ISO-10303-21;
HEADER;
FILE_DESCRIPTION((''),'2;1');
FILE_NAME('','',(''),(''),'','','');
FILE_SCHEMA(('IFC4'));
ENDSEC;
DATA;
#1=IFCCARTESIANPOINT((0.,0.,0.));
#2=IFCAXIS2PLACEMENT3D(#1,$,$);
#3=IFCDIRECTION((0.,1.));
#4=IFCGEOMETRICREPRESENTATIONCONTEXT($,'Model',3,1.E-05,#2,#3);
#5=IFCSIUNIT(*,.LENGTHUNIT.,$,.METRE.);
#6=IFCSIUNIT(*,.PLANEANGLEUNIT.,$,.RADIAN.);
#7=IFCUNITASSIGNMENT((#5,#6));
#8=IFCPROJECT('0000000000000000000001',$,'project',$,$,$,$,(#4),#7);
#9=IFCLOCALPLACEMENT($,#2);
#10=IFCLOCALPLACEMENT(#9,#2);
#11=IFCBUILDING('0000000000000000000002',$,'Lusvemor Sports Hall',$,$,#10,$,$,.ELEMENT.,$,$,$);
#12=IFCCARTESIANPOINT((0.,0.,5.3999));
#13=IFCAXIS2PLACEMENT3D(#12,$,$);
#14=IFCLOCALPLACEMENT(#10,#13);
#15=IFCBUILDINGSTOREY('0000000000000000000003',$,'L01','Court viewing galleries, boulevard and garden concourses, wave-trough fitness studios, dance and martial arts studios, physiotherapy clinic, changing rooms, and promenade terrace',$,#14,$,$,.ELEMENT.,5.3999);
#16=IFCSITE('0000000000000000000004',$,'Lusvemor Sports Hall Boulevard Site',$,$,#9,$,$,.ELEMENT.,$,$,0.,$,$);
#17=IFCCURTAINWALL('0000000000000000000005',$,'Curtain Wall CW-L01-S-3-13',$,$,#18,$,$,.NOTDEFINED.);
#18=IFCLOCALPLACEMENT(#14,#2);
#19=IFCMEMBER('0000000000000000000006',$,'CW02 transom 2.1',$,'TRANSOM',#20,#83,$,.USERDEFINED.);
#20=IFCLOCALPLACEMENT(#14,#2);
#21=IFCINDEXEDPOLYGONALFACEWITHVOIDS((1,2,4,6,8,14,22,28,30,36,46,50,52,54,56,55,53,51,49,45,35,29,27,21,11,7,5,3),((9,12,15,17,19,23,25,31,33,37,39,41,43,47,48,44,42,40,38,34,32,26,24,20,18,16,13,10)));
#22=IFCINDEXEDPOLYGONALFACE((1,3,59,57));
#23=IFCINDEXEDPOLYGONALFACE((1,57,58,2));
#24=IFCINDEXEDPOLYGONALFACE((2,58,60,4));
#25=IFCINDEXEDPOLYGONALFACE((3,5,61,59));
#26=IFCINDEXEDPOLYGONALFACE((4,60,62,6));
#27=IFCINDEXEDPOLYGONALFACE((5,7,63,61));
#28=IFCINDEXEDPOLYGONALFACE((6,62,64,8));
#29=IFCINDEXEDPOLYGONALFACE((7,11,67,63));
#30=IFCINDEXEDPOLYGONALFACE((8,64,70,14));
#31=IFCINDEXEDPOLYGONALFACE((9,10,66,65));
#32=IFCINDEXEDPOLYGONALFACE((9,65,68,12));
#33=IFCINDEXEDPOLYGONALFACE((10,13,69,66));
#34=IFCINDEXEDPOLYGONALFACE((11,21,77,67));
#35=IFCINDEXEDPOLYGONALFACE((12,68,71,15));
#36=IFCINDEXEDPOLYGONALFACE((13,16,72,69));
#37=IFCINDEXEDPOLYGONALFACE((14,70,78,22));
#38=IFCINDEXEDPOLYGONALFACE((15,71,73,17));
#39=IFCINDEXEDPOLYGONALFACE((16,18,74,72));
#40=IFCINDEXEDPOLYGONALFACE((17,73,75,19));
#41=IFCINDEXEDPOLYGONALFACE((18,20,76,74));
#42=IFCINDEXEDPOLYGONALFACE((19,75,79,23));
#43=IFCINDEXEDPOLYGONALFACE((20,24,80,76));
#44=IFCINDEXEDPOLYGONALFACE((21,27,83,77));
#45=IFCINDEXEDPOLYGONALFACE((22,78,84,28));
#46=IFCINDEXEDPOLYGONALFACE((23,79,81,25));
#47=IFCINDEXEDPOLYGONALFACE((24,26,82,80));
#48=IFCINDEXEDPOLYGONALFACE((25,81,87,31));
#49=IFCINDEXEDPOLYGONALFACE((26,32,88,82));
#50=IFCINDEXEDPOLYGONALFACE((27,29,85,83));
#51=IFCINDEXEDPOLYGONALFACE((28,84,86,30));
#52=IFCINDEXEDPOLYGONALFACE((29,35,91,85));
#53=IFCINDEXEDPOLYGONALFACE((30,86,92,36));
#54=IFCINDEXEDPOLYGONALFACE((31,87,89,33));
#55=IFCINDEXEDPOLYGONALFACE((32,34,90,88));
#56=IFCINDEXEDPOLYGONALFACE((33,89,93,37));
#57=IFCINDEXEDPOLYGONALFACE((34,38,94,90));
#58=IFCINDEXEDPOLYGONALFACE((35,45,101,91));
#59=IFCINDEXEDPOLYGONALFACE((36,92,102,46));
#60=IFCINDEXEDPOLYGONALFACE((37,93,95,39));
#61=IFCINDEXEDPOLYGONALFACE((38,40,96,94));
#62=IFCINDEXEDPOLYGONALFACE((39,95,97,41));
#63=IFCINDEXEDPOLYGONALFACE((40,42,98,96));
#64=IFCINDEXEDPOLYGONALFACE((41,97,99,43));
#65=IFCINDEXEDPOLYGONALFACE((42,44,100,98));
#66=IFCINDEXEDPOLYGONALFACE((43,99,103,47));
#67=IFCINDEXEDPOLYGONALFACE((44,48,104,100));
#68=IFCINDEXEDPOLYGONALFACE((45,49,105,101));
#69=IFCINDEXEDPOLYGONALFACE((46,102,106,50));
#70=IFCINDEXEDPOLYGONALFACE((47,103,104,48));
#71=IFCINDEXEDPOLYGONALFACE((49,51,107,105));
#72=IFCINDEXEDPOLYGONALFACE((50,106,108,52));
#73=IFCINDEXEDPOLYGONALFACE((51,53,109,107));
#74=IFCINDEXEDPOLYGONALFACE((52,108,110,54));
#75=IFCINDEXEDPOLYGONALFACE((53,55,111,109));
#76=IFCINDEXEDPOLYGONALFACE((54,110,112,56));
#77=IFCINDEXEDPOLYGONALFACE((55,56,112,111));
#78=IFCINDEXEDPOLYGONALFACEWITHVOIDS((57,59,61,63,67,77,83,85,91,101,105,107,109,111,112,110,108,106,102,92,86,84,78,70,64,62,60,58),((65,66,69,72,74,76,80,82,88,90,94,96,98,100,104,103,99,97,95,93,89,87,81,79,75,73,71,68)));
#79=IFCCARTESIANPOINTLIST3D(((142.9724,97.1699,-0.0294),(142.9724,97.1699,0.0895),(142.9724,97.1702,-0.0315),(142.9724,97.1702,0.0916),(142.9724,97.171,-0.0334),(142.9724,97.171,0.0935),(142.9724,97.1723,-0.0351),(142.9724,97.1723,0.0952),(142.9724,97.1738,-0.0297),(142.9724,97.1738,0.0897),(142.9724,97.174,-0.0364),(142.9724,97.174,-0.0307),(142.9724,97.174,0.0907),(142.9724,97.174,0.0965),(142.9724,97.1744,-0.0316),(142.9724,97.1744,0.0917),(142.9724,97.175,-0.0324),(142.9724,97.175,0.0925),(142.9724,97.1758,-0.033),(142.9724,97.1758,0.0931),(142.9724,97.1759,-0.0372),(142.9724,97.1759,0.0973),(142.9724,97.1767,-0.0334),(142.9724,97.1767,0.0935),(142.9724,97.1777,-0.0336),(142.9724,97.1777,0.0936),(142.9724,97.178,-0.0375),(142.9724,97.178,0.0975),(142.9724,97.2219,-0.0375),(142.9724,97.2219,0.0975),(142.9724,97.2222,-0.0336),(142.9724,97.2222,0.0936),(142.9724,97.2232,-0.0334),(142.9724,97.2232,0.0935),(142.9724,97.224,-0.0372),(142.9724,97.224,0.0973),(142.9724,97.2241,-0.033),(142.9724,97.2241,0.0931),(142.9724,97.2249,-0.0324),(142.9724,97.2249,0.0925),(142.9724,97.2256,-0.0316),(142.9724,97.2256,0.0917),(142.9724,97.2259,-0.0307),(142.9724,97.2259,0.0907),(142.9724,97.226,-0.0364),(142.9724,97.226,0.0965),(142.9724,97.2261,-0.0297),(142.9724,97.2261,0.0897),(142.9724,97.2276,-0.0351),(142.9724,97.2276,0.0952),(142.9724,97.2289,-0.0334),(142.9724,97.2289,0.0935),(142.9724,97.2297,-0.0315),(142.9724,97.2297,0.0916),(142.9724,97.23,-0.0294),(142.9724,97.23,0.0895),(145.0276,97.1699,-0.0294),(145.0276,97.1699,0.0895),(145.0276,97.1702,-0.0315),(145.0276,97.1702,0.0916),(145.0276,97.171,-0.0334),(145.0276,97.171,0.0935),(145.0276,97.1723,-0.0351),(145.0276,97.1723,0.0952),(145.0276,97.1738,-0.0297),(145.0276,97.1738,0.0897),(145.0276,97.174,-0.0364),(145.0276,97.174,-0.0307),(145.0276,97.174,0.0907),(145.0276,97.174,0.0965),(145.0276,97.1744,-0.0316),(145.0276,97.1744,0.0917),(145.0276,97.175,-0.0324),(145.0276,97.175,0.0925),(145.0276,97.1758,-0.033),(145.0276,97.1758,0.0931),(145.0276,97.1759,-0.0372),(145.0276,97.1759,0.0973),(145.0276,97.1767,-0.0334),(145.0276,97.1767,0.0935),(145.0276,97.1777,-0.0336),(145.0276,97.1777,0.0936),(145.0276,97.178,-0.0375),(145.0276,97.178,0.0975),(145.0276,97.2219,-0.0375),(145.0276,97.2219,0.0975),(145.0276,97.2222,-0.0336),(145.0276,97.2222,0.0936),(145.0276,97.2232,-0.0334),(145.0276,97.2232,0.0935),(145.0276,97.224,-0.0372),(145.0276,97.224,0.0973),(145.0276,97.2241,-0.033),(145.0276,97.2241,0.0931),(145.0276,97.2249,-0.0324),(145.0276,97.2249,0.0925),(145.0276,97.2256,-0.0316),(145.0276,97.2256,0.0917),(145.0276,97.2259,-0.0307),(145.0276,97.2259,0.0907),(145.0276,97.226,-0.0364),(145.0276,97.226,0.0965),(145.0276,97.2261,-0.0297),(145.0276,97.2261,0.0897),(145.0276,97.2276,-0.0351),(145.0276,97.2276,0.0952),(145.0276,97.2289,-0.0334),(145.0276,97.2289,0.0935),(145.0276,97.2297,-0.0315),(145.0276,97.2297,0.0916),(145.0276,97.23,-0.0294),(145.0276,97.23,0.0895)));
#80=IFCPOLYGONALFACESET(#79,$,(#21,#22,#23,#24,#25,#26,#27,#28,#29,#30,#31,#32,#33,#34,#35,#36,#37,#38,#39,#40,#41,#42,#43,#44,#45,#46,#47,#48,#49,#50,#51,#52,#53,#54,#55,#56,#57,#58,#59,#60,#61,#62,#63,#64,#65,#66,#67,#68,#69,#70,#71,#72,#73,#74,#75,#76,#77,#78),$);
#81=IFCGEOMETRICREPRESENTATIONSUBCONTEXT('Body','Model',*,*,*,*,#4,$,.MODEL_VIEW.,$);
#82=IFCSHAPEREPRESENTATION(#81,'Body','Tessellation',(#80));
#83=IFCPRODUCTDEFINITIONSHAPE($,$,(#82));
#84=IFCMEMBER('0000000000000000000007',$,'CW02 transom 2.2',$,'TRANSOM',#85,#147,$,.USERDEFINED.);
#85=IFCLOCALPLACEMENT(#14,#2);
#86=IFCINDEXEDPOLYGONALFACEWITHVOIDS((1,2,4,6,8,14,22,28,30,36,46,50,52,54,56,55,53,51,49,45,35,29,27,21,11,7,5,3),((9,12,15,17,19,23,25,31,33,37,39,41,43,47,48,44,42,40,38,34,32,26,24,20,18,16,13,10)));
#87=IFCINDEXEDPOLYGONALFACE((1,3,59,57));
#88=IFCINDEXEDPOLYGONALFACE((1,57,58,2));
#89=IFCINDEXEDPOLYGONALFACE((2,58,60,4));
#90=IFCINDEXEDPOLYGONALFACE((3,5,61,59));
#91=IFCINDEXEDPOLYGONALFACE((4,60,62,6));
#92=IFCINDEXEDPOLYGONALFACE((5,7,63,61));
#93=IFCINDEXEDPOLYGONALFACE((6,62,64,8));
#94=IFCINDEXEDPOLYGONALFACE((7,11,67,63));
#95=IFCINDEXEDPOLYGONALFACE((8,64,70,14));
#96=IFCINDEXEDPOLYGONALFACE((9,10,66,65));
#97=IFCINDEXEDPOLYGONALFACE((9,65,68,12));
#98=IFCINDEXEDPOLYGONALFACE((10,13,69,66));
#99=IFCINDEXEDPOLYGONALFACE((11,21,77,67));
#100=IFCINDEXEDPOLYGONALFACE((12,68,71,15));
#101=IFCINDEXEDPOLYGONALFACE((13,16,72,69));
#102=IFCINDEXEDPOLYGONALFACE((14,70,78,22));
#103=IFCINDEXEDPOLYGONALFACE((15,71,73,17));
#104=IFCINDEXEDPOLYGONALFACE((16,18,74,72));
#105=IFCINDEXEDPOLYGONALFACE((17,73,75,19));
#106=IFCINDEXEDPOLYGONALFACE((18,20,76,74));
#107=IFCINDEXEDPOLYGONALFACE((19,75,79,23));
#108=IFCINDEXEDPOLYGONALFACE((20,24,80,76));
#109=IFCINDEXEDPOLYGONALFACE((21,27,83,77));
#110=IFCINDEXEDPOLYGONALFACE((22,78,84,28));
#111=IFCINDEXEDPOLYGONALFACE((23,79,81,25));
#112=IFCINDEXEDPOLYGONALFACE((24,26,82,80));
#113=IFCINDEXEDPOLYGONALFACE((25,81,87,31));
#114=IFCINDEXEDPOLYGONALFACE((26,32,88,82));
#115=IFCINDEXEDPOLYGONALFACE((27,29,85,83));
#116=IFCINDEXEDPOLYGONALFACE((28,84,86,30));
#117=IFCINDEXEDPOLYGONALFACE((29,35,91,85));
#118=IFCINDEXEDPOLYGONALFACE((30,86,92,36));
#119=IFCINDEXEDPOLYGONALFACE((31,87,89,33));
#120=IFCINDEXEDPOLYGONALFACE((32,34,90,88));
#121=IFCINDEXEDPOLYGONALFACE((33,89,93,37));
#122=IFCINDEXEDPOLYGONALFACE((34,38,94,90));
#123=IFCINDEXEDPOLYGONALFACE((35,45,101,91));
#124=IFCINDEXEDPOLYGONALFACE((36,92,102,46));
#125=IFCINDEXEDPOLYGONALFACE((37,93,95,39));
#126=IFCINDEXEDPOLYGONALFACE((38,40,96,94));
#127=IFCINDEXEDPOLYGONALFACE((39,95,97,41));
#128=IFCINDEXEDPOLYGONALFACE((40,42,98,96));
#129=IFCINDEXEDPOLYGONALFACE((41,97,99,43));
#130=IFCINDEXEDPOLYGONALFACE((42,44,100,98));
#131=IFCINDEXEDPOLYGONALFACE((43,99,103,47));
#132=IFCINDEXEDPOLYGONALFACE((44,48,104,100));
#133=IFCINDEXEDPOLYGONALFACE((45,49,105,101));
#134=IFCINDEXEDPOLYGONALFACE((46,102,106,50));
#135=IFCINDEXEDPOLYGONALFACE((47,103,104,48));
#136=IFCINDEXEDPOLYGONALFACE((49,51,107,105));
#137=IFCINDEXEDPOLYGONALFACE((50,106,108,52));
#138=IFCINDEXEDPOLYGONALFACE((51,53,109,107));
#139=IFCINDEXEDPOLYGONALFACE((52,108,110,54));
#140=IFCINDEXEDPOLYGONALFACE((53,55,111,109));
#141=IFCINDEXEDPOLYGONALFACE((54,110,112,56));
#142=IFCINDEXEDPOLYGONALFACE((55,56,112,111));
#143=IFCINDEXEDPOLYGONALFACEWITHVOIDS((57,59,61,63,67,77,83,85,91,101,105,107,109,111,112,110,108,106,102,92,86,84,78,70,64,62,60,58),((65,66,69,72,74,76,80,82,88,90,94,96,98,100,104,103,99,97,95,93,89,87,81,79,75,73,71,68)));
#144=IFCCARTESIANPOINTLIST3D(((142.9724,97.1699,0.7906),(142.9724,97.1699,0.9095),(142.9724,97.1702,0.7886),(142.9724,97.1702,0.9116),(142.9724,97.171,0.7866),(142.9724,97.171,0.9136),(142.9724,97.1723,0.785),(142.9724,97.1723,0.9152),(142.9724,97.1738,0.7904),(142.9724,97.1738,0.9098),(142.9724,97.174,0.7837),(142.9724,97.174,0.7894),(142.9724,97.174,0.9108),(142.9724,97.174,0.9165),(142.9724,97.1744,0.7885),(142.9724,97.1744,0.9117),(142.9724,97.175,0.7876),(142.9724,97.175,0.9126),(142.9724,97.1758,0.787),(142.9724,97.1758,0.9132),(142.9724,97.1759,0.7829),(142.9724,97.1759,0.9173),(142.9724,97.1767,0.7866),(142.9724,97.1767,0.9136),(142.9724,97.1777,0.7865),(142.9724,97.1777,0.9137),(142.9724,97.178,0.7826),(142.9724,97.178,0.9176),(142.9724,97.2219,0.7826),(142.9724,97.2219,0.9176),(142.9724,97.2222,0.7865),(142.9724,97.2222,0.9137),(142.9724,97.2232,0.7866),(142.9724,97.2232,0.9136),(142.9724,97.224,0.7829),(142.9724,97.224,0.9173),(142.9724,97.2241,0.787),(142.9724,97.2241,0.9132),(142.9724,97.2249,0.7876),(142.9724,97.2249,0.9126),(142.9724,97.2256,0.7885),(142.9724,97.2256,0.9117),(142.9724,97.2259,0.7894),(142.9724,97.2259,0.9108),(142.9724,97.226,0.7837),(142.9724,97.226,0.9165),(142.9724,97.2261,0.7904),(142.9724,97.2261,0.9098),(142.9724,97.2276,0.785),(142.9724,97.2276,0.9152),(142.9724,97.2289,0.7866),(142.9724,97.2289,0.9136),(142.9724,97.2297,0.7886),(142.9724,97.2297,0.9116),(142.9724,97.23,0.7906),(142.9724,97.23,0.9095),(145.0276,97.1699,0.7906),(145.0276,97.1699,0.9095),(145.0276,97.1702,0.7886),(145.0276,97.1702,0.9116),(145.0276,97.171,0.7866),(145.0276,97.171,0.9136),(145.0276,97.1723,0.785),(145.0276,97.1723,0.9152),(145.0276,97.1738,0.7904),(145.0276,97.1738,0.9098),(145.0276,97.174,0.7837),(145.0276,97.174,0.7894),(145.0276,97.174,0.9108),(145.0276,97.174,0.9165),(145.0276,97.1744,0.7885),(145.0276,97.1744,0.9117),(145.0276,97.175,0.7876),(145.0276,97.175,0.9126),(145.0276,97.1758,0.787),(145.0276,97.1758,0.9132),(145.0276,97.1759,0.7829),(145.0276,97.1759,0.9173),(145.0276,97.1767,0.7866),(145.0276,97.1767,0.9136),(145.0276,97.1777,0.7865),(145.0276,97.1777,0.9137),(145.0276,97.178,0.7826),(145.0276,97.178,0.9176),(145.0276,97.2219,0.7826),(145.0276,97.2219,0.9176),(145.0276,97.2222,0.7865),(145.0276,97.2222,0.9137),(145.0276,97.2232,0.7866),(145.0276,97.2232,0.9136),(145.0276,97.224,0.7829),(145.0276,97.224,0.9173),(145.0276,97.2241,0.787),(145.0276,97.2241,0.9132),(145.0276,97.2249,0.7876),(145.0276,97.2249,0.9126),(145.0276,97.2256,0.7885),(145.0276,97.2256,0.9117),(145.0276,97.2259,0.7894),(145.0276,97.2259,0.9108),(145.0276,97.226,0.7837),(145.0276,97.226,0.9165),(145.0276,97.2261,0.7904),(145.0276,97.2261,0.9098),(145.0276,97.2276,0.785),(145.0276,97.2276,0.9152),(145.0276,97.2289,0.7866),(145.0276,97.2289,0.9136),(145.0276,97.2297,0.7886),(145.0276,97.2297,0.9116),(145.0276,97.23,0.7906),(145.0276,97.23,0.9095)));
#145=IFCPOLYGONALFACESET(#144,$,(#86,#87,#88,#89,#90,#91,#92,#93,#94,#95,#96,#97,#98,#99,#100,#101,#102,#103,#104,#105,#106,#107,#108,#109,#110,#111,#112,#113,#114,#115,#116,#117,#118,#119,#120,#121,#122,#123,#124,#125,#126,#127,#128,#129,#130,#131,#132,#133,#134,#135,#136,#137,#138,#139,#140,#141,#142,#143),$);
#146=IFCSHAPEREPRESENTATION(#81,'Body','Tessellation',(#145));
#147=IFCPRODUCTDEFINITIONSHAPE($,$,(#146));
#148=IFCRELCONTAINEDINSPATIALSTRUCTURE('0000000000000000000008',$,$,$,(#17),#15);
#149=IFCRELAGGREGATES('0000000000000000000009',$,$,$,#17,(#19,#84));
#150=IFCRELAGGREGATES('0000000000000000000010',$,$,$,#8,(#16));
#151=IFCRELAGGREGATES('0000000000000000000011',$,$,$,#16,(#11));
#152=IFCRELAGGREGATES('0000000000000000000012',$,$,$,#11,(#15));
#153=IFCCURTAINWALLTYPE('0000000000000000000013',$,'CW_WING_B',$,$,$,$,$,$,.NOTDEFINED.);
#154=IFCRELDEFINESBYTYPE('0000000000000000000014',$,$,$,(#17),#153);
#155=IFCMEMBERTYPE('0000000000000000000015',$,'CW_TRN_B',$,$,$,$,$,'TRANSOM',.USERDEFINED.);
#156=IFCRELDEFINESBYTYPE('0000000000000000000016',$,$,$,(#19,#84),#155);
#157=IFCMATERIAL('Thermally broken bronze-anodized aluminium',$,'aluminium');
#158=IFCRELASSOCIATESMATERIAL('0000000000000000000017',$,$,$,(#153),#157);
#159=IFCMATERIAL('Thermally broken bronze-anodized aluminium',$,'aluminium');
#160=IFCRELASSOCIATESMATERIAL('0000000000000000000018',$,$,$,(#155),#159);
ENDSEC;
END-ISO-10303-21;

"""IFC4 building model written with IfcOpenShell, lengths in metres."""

from ifc_helpers import new_model, si_unit, direction, frame, origin, origin_2d, place, context, subcontext, project, spatial, hollow_rectangle, extrude, material, material_profile, profile_set, type_object, element, aggregate, save


model = new_model("IFC4")

# Units and contexts
model_context = context("Model", 3, precision=1e-05, world=origin(), true_north=direction((0.0, 1.0)))
body_context = subcontext(model_context, "Body", "Model", "MODEL_VIEW")
ifc_project = project(units=[si_unit("LENGTHUNIT", "METRE"), si_unit("PLANEANGLEUNIT", "RADIAN")], contexts=[model_context])

# Site, building, storey
site_placement = place(None, origin())
site = spatial("IfcSite", under=ifc_project, at=site_placement, Name="Lusvemor Sports Hall Boulevard Site", CompositionType="ELEMENT", RefElevation=0.0)
building_placement = place(site_placement, origin())
building = spatial("IfcBuilding", under=site, at=building_placement, Name="Lusvemor Sports Hall", CompositionType="ELEMENT")
storey_placement = place(building_placement, frame((0.0, 0.0, 5.3999)))
storey = spatial("IfcBuildingStorey", under=building, at=storey_placement, Name="L01", Description="Court viewing galleries, boulevard and garden concourses, wave-trough fitness studios, dance and martial arts studios, physiotherapy clinic, changing rooms, and promenade terrace", CompositionType="ELEMENT", Elevation=5.3999)

# Curtain wall, members
ifc_material_1 = material(Name="Thermally broken bronze-anodized aluminium", Category="aluminium")
curtain_wall_type = type_object("IfcCurtainWallType", Name="CW_WING_B", PredefinedType="NOTDEFINED", material=ifc_material_1)
curtain_wall_placement = place(storey_placement, origin())
curtain_wall = element("IfcCurtainWall", 1, at=curtain_wall_placement, inside=storey, type_object=curtain_wall_type, Name="Curtain Wall CW-L01-S-3-13", PredefinedType="NOTDEFINED")
ifc_material_2 = material(Name="Thermally broken bronze-anodized aluminium", Category="aluminium")
ifc_material_profile_1 = material_profile(ifc_material_2, hollow_rectangle(XDim=0.0601, YDim=0.135, WallThickness=0.0039, InnerFilletRadius=0.0039, OuterFilletRadius=0.0081, at=origin_2d()), Name="CWTRN135x60x4")
ifc_profile_set_1 = profile_set([ifc_material_profile_1], Name="Thermally broken bronze-anodized aluminium")
member_type_1 = type_object("IfcMemberType", Name="CW_TRN_B", ElementType="TRANSOM", PredefinedType="USERDEFINED", material=ifc_profile_set_1)
member_1_placement = place(storey_placement, frame((145.0276, 97.2, 0.03), z_axis=(-1.0, 0.0, 0.0), x_axis=(0.0, -1.0, 0.0)))
member_1 = element("IfcMember", 2, at=member_1_placement, type_object=member_type_1, Name="CW02 transom 2.1", ObjectType="TRANSOM", PredefinedType="USERDEFINED", context=body_context, shape_type="SweptSolid", body=[
    extrude(hollow_rectangle(XDim=0.0601, YDim=0.135, WallThickness=0.0039, InnerFilletRadius=0.0039, OuterFilletRadius=0.0081, at=origin_2d()), origin(), (0.0, 0.0, 1.0), 2.0552),
])
member_2_placement = place(storey_placement, frame((145.0276, 97.2, 0.8501), z_axis=(-1.0, 0.0, 0.0), x_axis=(0.0, -1.0, 0.0)))
member_2 = element("IfcMember", 3, at=member_2_placement, type_object=member_type_1, Name="CW02 transom 2.2", ObjectType="TRANSOM", PredefinedType="USERDEFINED", context=body_context, shape_type="SweptSolid", body=[
    extrude(hollow_rectangle(XDim=0.0601, YDim=0.135, WallThickness=0.0039, InnerFilletRadius=0.0039, OuterFilletRadius=0.0081, at=origin_2d()), origin(), (0.0, 0.0, 1.0), 2.0552),
])

aggregate(curtain_wall, [member_1, member_2])

save(model, "model.ifc")
